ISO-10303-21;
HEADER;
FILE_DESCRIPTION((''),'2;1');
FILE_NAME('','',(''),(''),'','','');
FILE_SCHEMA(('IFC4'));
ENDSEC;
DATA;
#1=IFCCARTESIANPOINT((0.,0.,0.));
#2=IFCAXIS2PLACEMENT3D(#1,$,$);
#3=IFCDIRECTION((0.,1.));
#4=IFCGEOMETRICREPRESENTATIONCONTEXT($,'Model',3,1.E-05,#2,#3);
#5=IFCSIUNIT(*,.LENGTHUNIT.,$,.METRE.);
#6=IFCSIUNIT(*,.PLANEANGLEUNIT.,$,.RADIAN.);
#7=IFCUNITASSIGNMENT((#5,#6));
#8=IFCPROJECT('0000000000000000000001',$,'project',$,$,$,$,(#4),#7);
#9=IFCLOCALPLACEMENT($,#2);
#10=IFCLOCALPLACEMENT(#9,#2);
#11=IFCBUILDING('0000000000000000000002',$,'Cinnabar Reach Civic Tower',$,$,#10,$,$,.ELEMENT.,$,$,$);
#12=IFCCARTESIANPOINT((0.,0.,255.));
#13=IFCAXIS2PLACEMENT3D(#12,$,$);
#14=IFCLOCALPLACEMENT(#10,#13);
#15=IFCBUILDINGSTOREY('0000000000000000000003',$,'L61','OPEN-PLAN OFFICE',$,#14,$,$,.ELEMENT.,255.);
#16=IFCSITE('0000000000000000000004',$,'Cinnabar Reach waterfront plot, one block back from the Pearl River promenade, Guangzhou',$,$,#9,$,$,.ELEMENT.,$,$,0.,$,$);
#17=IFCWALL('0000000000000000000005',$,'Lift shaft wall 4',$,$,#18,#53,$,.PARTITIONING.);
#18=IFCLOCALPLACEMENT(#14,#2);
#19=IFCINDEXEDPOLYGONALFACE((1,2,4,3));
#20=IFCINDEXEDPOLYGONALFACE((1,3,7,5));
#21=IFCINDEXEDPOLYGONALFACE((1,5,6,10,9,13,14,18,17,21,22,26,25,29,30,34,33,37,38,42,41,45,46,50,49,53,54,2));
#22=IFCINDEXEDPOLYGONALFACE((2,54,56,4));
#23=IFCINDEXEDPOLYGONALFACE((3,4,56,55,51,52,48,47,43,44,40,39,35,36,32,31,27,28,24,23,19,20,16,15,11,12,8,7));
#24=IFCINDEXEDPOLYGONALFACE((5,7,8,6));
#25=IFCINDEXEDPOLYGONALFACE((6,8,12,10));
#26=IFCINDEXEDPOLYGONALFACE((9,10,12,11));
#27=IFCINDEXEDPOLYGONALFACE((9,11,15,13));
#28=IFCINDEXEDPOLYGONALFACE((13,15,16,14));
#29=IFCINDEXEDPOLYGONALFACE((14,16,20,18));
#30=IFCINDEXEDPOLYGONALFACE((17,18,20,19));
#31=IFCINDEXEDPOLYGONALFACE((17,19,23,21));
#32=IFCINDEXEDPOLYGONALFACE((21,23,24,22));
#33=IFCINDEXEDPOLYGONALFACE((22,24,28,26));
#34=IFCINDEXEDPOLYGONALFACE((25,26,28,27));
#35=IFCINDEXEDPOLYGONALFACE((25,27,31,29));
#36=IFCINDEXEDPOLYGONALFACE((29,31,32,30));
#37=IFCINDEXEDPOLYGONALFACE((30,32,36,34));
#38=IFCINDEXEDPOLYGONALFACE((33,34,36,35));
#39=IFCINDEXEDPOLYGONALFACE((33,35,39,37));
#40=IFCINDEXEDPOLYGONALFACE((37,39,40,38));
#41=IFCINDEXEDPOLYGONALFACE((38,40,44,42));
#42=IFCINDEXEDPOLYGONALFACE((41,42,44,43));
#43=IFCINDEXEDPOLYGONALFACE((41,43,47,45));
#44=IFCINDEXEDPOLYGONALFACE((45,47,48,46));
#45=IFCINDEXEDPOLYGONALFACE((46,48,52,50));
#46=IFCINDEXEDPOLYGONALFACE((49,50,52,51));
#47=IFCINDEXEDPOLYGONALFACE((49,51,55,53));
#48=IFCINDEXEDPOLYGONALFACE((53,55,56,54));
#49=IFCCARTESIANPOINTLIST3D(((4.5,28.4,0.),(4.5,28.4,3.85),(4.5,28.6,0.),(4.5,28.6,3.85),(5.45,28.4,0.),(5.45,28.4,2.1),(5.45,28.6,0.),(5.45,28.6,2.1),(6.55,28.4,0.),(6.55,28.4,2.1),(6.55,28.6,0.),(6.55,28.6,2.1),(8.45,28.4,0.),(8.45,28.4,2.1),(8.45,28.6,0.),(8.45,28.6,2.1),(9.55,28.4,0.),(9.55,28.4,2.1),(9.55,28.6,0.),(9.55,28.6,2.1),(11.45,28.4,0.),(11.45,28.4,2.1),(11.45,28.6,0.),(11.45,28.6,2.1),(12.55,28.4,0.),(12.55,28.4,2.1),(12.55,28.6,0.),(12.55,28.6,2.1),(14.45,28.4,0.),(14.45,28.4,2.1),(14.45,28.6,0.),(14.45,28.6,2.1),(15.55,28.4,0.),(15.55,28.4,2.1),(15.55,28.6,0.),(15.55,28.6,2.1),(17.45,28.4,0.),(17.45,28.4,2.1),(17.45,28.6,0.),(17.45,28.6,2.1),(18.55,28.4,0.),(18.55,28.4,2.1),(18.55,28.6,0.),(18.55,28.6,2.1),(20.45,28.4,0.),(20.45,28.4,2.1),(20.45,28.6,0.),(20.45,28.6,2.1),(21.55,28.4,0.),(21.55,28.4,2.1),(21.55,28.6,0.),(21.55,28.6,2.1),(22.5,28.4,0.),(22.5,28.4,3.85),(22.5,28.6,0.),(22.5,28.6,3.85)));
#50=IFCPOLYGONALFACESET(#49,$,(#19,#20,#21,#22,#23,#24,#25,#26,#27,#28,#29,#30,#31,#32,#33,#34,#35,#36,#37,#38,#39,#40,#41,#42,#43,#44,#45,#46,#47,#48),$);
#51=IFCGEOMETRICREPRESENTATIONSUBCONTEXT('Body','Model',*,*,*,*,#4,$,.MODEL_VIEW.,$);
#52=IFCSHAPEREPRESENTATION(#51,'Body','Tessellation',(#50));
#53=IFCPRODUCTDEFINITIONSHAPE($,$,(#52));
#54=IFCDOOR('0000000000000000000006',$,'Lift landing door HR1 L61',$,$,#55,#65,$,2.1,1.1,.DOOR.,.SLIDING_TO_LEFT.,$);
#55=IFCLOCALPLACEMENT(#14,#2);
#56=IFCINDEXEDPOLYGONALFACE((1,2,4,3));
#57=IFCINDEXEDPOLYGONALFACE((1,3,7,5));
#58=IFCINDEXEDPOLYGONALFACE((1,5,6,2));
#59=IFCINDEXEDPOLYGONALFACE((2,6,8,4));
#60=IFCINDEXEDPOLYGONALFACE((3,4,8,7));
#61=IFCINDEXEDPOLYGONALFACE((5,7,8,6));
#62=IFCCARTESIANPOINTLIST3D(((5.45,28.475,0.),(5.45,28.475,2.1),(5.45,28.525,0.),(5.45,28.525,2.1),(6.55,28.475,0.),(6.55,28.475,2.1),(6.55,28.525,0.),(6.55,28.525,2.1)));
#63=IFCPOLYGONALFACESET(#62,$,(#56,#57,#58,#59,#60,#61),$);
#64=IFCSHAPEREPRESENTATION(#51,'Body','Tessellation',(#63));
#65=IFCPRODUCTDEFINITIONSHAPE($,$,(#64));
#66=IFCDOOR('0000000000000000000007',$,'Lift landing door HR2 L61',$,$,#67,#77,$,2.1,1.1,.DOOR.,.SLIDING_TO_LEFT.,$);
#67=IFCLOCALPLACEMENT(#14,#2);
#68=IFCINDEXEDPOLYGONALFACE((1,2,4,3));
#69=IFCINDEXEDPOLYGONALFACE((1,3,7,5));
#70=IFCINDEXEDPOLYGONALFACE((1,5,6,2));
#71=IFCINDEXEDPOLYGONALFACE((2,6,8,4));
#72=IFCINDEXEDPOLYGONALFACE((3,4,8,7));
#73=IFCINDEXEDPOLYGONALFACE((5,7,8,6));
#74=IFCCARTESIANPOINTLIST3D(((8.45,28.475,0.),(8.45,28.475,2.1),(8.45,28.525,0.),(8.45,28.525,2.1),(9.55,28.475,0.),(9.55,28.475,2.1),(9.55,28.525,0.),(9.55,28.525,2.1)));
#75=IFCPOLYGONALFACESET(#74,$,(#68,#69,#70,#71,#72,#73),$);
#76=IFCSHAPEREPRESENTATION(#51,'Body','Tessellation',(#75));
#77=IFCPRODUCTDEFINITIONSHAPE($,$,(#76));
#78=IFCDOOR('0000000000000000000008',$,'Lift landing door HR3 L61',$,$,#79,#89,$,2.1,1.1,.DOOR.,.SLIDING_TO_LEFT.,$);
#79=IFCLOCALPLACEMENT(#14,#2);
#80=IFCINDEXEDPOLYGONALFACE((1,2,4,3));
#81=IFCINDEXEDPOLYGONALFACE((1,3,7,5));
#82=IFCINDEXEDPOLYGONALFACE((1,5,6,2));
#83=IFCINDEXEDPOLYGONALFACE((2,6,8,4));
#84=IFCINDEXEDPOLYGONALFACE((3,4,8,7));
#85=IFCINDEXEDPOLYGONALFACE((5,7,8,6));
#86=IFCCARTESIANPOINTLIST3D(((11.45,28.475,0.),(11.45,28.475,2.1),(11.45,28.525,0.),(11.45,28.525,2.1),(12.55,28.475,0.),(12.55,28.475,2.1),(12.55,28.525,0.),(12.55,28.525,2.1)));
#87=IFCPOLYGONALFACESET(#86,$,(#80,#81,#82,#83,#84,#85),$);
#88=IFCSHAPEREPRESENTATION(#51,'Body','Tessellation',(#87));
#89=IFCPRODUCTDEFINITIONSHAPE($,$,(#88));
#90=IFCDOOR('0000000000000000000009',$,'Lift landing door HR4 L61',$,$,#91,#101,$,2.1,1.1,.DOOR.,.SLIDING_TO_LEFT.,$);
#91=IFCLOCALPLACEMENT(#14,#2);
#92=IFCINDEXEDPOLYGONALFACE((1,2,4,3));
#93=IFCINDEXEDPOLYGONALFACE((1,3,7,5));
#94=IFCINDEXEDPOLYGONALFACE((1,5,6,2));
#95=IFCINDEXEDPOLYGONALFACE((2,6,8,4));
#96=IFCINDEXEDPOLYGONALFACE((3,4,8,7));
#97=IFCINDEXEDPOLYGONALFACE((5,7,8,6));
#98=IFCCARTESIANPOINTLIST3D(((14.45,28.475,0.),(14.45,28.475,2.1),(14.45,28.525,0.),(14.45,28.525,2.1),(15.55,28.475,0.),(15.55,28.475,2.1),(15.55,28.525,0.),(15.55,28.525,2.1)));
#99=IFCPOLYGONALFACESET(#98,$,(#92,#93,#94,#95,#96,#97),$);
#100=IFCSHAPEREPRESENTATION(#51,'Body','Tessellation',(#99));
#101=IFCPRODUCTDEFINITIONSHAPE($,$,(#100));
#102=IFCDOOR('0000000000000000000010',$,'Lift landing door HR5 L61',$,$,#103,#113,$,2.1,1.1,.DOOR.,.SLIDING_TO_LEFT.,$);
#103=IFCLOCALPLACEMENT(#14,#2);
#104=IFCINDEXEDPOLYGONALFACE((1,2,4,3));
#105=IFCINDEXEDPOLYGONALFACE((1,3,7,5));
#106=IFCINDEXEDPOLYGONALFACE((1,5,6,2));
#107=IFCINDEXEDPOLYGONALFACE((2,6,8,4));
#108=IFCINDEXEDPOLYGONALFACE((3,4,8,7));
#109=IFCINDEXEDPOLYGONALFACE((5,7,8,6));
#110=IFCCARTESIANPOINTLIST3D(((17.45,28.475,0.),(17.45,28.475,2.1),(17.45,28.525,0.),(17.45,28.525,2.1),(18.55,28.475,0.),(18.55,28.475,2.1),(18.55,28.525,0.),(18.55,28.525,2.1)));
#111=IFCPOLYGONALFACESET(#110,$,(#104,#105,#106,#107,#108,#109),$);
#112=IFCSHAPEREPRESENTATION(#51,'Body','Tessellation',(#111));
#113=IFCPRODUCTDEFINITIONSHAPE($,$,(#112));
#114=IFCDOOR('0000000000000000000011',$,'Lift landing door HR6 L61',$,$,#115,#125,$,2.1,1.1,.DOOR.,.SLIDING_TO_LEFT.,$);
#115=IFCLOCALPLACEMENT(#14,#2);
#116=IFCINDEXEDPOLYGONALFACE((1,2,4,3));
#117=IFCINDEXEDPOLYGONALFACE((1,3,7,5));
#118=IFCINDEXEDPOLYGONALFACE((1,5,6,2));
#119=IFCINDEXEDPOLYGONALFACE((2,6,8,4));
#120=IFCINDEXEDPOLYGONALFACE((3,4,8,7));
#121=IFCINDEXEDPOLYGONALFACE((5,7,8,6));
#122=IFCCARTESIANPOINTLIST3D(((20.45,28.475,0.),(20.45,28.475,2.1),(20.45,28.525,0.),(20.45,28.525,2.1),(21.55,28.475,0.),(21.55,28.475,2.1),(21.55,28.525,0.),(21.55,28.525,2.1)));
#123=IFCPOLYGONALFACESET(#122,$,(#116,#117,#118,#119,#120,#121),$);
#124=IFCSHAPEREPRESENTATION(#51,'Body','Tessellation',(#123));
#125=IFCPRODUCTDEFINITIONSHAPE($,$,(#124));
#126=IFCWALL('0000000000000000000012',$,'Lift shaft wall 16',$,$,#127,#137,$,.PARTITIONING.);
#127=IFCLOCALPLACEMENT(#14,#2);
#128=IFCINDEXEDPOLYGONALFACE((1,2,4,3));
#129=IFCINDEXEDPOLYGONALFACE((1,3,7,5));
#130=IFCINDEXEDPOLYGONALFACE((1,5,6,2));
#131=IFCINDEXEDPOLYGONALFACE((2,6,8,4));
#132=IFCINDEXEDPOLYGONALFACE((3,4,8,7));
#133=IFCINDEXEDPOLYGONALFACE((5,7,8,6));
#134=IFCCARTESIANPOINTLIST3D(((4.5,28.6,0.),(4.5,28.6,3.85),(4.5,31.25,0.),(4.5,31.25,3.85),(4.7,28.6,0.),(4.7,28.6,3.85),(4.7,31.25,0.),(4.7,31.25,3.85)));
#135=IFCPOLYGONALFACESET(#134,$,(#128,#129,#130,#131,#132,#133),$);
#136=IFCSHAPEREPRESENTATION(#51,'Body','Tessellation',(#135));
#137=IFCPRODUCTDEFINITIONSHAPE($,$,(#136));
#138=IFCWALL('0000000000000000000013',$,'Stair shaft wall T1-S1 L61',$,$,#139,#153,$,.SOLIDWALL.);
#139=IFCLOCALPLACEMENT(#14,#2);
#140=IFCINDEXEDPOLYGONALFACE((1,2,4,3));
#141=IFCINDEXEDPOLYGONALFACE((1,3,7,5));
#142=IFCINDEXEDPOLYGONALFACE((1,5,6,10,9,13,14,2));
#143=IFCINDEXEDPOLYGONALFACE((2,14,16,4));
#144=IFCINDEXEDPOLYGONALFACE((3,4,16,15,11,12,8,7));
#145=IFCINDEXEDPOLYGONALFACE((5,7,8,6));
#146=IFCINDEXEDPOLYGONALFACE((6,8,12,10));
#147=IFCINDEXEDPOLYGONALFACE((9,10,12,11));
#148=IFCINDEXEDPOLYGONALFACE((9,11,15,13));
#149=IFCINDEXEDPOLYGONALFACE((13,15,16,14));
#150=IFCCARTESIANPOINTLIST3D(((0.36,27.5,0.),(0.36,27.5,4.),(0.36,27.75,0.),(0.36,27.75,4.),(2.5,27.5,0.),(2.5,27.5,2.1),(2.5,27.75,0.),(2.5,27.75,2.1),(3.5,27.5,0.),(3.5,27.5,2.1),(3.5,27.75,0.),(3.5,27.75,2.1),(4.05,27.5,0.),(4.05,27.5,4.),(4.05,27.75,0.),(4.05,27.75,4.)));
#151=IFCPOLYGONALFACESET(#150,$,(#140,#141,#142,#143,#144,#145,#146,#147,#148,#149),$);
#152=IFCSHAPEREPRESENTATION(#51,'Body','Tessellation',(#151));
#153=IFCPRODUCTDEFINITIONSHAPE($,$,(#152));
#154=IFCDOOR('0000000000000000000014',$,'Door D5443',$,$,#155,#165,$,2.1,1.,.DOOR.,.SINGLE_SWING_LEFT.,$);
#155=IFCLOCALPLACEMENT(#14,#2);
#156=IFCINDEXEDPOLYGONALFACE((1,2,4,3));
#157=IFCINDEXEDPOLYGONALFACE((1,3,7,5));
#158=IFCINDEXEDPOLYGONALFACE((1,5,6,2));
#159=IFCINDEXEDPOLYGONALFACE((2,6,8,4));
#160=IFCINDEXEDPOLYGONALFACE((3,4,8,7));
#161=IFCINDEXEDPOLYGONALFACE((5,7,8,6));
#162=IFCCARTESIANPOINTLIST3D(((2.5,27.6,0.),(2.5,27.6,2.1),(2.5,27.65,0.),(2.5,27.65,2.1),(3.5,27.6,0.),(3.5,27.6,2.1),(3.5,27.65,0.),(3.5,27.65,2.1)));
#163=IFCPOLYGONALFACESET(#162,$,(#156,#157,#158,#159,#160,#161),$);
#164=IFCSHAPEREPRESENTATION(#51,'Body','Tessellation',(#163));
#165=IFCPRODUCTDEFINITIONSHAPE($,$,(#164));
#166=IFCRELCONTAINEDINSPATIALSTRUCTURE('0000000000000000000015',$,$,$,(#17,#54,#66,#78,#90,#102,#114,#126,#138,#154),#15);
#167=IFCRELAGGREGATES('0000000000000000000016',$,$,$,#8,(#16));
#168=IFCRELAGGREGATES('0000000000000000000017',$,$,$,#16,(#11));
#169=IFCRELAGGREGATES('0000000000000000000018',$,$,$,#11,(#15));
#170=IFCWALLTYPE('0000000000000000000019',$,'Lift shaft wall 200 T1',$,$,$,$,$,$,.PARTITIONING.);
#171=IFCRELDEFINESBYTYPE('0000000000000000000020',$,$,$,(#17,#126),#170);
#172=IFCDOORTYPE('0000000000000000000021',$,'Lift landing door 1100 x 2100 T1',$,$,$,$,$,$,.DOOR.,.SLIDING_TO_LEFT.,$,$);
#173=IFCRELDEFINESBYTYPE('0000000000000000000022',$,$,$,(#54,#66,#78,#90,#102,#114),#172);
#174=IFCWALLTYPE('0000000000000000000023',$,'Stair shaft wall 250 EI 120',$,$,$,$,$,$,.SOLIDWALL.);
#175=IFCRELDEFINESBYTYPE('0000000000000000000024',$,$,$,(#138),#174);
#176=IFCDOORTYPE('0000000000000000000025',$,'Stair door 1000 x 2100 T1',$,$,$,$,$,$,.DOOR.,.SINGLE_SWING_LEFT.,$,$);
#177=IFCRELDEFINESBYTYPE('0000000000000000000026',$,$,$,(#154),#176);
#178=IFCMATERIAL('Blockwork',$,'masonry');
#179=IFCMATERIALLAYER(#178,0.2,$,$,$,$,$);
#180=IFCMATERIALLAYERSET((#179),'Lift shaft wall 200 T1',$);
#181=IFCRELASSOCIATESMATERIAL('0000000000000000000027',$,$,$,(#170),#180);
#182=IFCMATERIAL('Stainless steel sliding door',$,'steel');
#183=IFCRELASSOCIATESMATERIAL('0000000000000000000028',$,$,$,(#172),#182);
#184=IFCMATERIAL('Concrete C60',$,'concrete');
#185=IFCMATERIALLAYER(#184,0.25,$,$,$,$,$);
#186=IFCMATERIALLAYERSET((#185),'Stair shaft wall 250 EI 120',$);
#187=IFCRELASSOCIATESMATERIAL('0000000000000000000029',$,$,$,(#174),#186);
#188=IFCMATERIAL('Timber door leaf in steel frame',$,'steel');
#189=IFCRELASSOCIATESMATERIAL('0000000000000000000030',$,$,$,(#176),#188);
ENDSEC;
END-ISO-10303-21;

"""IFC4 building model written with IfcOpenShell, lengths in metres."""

from ifc_helpers import new_model, si_unit, direction, frame, frame_2d, origin, place, context, subcontext, project, spatial, rectangle, extrude, material, layer, layer_set, type_object, element, fill, save


model = new_model("IFC4")

# Units and contexts
model_context = context("Model", 3, precision=1e-05, world=origin(), true_north=direction((0.0, 1.0)))
body_context = subcontext(model_context, "Body", "Model", "MODEL_VIEW")
ifc_project = project(units=[si_unit("LENGTHUNIT", "METRE"), si_unit("PLANEANGLEUNIT", "RADIAN")], contexts=[model_context])

# Site, building, storey
site_placement = place(None, origin())
site = spatial("IfcSite", under=ifc_project, at=site_placement, Name="Cinnabar Reach waterfront plot, one block back from the Pearl River promenade, Guangzhou", CompositionType="ELEMENT", RefElevation=0.0)
building_placement = place(site_placement, origin())
building = spatial("IfcBuilding", under=site, at=building_placement, Name="Cinnabar Reach Civic Tower", CompositionType="ELEMENT")
storey_placement = place(building_placement, frame((0.0, 0.0, 255.0)))
storey = spatial("IfcBuildingStorey", under=building, at=storey_placement, Name="L61", Description="OPEN-PLAN OFFICE", CompositionType="ELEMENT", Elevation=255.0)

# Shared definitions
ifc_material_1 = material(Name="Concrete C60", Category="concrete")

# Shared definitions
ifc_material_2 = material(Name="Timber door leaf in steel frame", Category="steel")

# Wall, openings, doors
ifc_material_3 = material(Name="Blockwork", Category="masonry")
ifc_layer_1 = layer(ifc_material_3, 0.2)
ifc_layer_set_1 = layer_set([ifc_layer_1], Name="Lift shaft wall 200 T1")
wall_type_1 = type_object("IfcWallType", Name="Lift shaft wall 200 T1", PredefinedType="PARTITIONING", material=ifc_layer_set_1)
wall_1_placement = place(storey_placement, frame((4.5, 28.5, 0.0), z_axis=(0.0, 0.0, 1.0), x_axis=(1.0, 0.0, 0.0)))
wall_1 = element("IfcWall", 1, at=wall_1_placement, inside=storey, type_object=wall_type_1, Name="Lift shaft wall 4", PredefinedType="PARTITIONING", context=body_context, shape_type="SweptSolid", body=[
    extrude(rectangle(XDim=18.0, YDim=0.2, at=frame_2d((9.0, 0.0))), origin(), (0.0, 0.0, 1.0), 3.85),
])
opening_1_placement = place(wall_1_placement, frame((0.95, 0.0, 0.0)))
opening_1 = element("IfcOpeningElement", 2, at=opening_1_placement, cuts=wall_1, PredefinedType="OPENING", context=body_context, shape_type="SweptSolid", body=[
    extrude(rectangle(XDim=1.1, YDim=2.1, at=frame_2d((0.55, 1.05))), frame((0.0, 0.11, 0.0), z_axis=(0.0, -1.0, 0.0), x_axis=(1.0, 0.0, 0.0)), (0.0, 0.0, 1.0), 0.22),
])
opening_2_placement = place(wall_1_placement, frame((3.95, 0.0, 0.0)))
opening_2 = element("IfcOpeningElement", 3, at=opening_2_placement, cuts=wall_1, PredefinedType="OPENING", context=body_context, shape_type="SweptSolid", body=[
    extrude(rectangle(XDim=1.1, YDim=2.1, at=frame_2d((0.55, 1.05))), frame((0.0, 0.11, 0.0), z_axis=(0.0, -1.0, 0.0), x_axis=(1.0, 0.0, 0.0)), (0.0, 0.0, 1.0), 0.22),
])
opening_3_placement = place(wall_1_placement, frame((6.95, 0.0, 0.0)))
opening_3 = element("IfcOpeningElement", 4, at=opening_3_placement, cuts=wall_1, PredefinedType="OPENING", context=body_context, shape_type="SweptSolid", body=[
    extrude(rectangle(XDim=1.1, YDim=2.1, at=frame_2d((0.55, 1.05))), frame((0.0, 0.11, 0.0), z_axis=(0.0, -1.0, 0.0), x_axis=(1.0, 0.0, 0.0)), (0.0, 0.0, 1.0), 0.22),
])
opening_4_placement = place(wall_1_placement, frame((9.95, 0.0, 0.0)))
opening_4 = element("IfcOpeningElement", 5, at=opening_4_placement, cuts=wall_1, PredefinedType="OPENING", context=body_context, shape_type="SweptSolid", body=[
    extrude(rectangle(XDim=1.1, YDim=2.1, at=frame_2d((0.55, 1.05))), frame((0.0, 0.11, 0.0), z_axis=(0.0, -1.0, 0.0), x_axis=(1.0, 0.0, 0.0)), (0.0, 0.0, 1.0), 0.22),
])
opening_5_placement = place(wall_1_placement, frame((12.95, 0.0, 0.0)))
opening_5 = element("IfcOpeningElement", 6, at=opening_5_placement, cuts=wall_1, PredefinedType="OPENING", context=body_context, shape_type="SweptSolid", body=[
    extrude(rectangle(XDim=1.1, YDim=2.1, at=frame_2d((0.55, 1.05))), frame((0.0, 0.11, 0.0), z_axis=(0.0, -1.0, 0.0), x_axis=(1.0, 0.0, 0.0)), (0.0, 0.0, 1.0), 0.22),
])
opening_6_placement = place(wall_1_placement, frame((15.95, 0.0, 0.0)))
opening_6 = element("IfcOpeningElement", 7, at=opening_6_placement, cuts=wall_1, PredefinedType="OPENING", context=body_context, shape_type="SweptSolid", body=[
    extrude(rectangle(XDim=1.1, YDim=2.1, at=frame_2d((0.55, 1.05))), frame((0.0, 0.11, 0.0), z_axis=(0.0, -1.0, 0.0), x_axis=(1.0, 0.0, 0.0)), (0.0, 0.0, 1.0), 0.22),
])
ifc_material_4 = material(Name="Stainless steel sliding door", Category="steel")
door_type_1 = type_object("IfcDoorType", Name="Lift landing door 1100 x 2100 T1", OperationType="SLIDING_TO_LEFT", PredefinedType="DOOR", material=ifc_material_4)
door_1_placement = place(opening_1_placement, origin())
door_1 = element("IfcDoor", 8, at=door_1_placement, inside=storey, type_object=door_type_1, Name="Lift landing door HR1 L61", OperationType="SLIDING_TO_LEFT", OverallHeight=2.1, OverallWidth=1.1, PredefinedType="DOOR", context=body_context, shape_type="SweptSolid", body=[
    extrude(rectangle(XDim=1.1, YDim=2.1, at=frame_2d((0.55, 1.05))), frame((0.0, 0.025, 0.0), z_axis=(0.0, -1.0, 0.0), x_axis=(1.0, 0.0, 0.0)), (0.0, 0.0, 1.0), 0.05),
])
fill(opening_1, door_1)
door_2_placement = place(opening_2_placement, origin())
door_2 = element("IfcDoor", 9, at=door_2_placement, inside=storey, type_object=door_type_1, Name="Lift landing door HR2 L61", OperationType="SLIDING_TO_LEFT", OverallHeight=2.1, OverallWidth=1.1, PredefinedType="DOOR", context=body_context, shape_type="SweptSolid", body=[
    extrude(rectangle(XDim=1.1, YDim=2.1, at=frame_2d((0.55, 1.05))), frame((0.0, 0.025, 0.0), z_axis=(0.0, -1.0, 0.0), x_axis=(1.0, 0.0, 0.0)), (0.0, 0.0, 1.0), 0.05),
])
fill(opening_2, door_2)
door_3_placement = place(opening_3_placement, origin())
door_3 = element("IfcDoor", 10, at=door_3_placement, inside=storey, type_object=door_type_1, Name="Lift landing door HR3 L61", OperationType="SLIDING_TO_LEFT", OverallHeight=2.1, OverallWidth=1.1, PredefinedType="DOOR", context=body_context, shape_type="SweptSolid", body=[
    extrude(rectangle(XDim=1.1, YDim=2.1, at=frame_2d((0.55, 1.05))), frame((0.0, 0.025, 0.0), z_axis=(0.0, -1.0, 0.0), x_axis=(1.0, 0.0, 0.0)), (0.0, 0.0, 1.0), 0.05),
])
fill(opening_3, door_3)
door_4_placement = place(opening_4_placement, origin())
door_4 = element("IfcDoor", 11, at=door_4_placement, inside=storey, type_object=door_type_1, Name="Lift landing door HR4 L61", OperationType="SLIDING_TO_LEFT", OverallHeight=2.1, OverallWidth=1.1, PredefinedType="DOOR", context=body_context, shape_type="SweptSolid", body=[
    extrude(rectangle(XDim=1.1, YDim=2.1, at=frame_2d((0.55, 1.05))), frame((0.0, 0.025, 0.0), z_axis=(0.0, -1.0, 0.0), x_axis=(1.0, 0.0, 0.0)), (0.0, 0.0, 1.0), 0.05),
])
fill(opening_4, door_4)
door_5_placement = place(opening_5_placement, origin())
door_5 = element("IfcDoor", 12, at=door_5_placement, inside=storey, type_object=door_type_1, Name="Lift landing door HR5 L61", OperationType="SLIDING_TO_LEFT", OverallHeight=2.1, OverallWidth=1.1, PredefinedType="DOOR", context=body_context, shape_type="SweptSolid", body=[
    extrude(rectangle(XDim=1.1, YDim=2.1, at=frame_2d((0.55, 1.05))), frame((0.0, 0.025, 0.0), z_axis=(0.0, -1.0, 0.0), x_axis=(1.0, 0.0, 0.0)), (0.0, 0.0, 1.0), 0.05),
])
fill(opening_5, door_5)
door_6_placement = place(opening_6_placement, origin())
door_6 = element("IfcDoor", 13, at=door_6_placement, inside=storey, type_object=door_type_1, Name="Lift landing door HR6 L61", OperationType="SLIDING_TO_LEFT", OverallHeight=2.1, OverallWidth=1.1, PredefinedType="DOOR", context=body_context, shape_type="SweptSolid", body=[
    extrude(rectangle(XDim=1.1, YDim=2.1, at=frame_2d((0.55, 1.05))), frame((0.0, 0.025, 0.0), z_axis=(0.0, -1.0, 0.0), x_axis=(1.0, 0.0, 0.0)), (0.0, 0.0, 1.0), 0.05),
])
fill(opening_6, door_6)

# Wall
wall_2_placement = place(storey_placement, frame((4.6, 28.6, 0.0), z_axis=(0.0, 0.0, 1.0), x_axis=(0.0, 1.0, 0.0)))
element("IfcWall", 14, at=wall_2_placement, inside=storey, type_object=wall_type_1, Name="Lift shaft wall 16", PredefinedType="PARTITIONING", context=body_context, shape_type="SweptSolid", body=[
    extrude(rectangle(XDim=2.65, YDim=0.2, at=frame_2d((1.325, 0.0))), origin(), (0.0, 0.0, 1.0), 3.85),
])

# Wall, opening, door
ifc_layer_2 = layer(ifc_material_1, 0.25)
ifc_layer_set_2 = layer_set([ifc_layer_2], Name="Stair shaft wall 250 EI 120")
wall_type_2 = type_object("IfcWallType", Name="Stair shaft wall 250 EI 120", PredefinedType="SOLIDWALL", material=ifc_layer_set_2)
wall_3_placement = place(storey_placement, frame((4.05, 27.625, 0.0), z_axis=(0.0, 0.0, 1.0), x_axis=(-1.0, 0.0, 0.0)))
wall_3 = element("IfcWall", 15, at=wall_3_placement, inside=storey, type_object=wall_type_2, Name="Stair shaft wall T1-S1 L61", PredefinedType="SOLIDWALL", context=body_context, shape_type="SweptSolid", body=[
    extrude(rectangle(XDim=3.69, YDim=0.25, at=frame_2d((1.845, 0.0))), origin(), (0.0, 0.0, 1.0), 4.0),
])
opening_7_placement = place(wall_3_placement, frame((0.55, 0.0, 0.0)))
opening_7 = element("IfcOpeningElement", 16, at=opening_7_placement, cuts=wall_3, PredefinedType="OPENING", context=body_context, shape_type="SweptSolid", body=[
    extrude(rectangle(XDim=1.0, YDim=2.1, at=frame_2d((0.5, 1.05))), frame((0.0, 0.135, 0.0), z_axis=(0.0, -1.0, 0.0), x_axis=(1.0, 0.0, 0.0)), (0.0, 0.0, 1.0), 0.27),
])
door_type_2 = type_object("IfcDoorType", Name="Stair door 1000 x 2100 T1", OperationType="SINGLE_SWING_LEFT", PredefinedType="DOOR", material=ifc_material_2)
door_7_placement = place(opening_7_placement, origin())
door_7 = element("IfcDoor", 17, at=door_7_placement, inside=storey, type_object=door_type_2, Name="Door D5443", OperationType="SINGLE_SWING_LEFT", OverallHeight=2.1, OverallWidth=1.0, PredefinedType="DOOR", context=body_context, shape_type="SweptSolid", body=[
    extrude(rectangle(XDim=1.0, YDim=2.1, at=frame_2d((0.5, 1.05))), frame((0.0, 0.025, 0.0), z_axis=(0.0, -1.0, 0.0), x_axis=(1.0, 0.0, 0.0)), (0.0, 0.0, 1.0), 0.05),
])
fill(opening_7, door_7)

save(model, "model.ifc")
